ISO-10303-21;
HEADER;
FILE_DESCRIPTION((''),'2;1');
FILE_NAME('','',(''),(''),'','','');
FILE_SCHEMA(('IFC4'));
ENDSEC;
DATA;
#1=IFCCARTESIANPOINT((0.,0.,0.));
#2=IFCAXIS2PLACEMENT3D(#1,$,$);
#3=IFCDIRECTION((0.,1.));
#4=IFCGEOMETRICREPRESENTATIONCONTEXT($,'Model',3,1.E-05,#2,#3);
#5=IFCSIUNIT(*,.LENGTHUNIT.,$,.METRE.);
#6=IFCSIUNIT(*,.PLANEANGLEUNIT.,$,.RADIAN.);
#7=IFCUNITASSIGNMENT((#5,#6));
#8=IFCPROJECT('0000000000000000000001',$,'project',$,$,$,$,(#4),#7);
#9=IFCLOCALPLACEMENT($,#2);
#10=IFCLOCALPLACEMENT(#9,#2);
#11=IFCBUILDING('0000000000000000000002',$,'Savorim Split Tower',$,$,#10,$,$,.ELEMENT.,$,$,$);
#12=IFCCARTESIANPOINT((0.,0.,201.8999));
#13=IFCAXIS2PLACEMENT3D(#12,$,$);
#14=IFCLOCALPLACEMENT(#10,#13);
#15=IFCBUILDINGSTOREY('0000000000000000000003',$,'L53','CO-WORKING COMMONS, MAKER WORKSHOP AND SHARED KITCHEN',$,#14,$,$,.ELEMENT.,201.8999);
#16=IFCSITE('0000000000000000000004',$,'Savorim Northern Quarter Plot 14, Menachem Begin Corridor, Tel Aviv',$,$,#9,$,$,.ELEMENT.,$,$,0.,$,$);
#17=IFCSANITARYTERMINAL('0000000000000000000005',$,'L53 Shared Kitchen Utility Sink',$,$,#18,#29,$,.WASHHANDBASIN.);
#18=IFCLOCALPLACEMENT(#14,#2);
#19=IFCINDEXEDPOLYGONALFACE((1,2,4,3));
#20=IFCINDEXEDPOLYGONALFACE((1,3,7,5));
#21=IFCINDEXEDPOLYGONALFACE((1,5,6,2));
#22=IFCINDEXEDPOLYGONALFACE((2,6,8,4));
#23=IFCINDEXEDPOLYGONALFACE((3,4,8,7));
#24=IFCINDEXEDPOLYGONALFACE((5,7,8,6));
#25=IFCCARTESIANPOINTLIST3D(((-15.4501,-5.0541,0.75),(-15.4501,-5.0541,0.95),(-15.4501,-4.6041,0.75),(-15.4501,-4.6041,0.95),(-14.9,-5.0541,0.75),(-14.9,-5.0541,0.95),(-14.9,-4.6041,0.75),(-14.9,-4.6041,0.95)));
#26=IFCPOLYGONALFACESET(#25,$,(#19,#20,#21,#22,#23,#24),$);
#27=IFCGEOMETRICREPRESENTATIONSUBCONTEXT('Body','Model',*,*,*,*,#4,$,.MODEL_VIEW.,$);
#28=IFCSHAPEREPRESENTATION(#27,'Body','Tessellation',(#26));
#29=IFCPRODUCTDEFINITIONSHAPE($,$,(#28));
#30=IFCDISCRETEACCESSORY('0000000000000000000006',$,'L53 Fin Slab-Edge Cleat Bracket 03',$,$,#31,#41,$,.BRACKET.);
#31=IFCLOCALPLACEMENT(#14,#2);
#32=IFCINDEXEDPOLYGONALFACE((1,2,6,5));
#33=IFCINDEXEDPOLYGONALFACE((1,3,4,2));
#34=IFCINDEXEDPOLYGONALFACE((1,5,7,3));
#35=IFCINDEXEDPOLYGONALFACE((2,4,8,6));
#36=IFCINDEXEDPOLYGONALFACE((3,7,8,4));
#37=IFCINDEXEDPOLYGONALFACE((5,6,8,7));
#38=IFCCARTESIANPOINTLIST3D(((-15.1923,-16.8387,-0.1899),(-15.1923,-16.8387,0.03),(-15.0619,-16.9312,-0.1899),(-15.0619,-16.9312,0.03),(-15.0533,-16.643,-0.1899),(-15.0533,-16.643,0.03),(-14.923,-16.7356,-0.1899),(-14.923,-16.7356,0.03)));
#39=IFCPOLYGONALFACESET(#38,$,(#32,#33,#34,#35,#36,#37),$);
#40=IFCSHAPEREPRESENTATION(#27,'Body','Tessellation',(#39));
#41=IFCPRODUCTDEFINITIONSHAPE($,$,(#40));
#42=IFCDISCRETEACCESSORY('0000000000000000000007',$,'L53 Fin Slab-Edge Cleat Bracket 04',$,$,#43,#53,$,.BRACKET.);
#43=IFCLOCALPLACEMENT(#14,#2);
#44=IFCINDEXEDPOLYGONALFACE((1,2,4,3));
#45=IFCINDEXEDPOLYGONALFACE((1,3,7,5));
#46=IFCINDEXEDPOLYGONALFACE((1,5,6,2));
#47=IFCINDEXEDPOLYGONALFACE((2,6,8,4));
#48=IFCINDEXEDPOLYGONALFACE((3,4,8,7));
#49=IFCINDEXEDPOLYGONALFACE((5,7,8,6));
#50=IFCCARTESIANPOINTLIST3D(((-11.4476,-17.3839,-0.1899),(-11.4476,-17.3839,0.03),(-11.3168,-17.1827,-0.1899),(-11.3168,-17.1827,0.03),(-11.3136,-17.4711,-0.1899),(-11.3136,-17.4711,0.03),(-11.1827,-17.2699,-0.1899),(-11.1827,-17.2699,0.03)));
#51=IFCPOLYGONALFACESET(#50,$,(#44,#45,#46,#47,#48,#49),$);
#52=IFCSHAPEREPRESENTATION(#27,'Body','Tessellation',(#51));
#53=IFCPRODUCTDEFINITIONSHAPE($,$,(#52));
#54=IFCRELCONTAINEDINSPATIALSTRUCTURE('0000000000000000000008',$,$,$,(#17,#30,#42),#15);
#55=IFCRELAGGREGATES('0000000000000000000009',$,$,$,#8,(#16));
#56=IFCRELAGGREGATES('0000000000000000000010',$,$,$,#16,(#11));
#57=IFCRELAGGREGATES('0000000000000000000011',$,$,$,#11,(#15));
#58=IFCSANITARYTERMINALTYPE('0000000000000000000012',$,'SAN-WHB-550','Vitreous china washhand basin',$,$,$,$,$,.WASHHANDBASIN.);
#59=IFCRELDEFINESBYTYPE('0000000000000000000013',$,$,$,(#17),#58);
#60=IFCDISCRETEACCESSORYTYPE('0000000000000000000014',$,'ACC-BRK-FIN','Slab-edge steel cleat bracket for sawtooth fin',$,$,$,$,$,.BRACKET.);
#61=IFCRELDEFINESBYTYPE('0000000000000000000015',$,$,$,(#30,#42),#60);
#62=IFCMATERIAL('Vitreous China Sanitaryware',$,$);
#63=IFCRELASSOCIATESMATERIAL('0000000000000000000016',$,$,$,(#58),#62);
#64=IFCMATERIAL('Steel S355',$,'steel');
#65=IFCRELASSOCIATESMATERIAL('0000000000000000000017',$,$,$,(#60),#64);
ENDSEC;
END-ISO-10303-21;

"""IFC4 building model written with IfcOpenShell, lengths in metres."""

from ifc_helpers import new_model, si_unit, direction, frame, origin, origin_2d, place, context, subcontext, project, spatial, rectangle, extrude, material, type_object, element, save


model = new_model("IFC4")

# Units and contexts
model_context = context("Model", 3, precision=1e-05, world=origin(), true_north=direction((0.0, 1.0)))
body_context = subcontext(model_context, "Body", "Model", "MODEL_VIEW")
ifc_project = project(units=[si_unit("LENGTHUNIT", "METRE"), si_unit("PLANEANGLEUNIT", "RADIAN")], contexts=[model_context])

# Site, building, storey
site_placement = place(None, origin())
site = spatial("IfcSite", under=ifc_project, at=site_placement, Name="Savorim Northern Quarter Plot 14, Menachem Begin Corridor, Tel Aviv", CompositionType="ELEMENT", RefElevation=0.0)
building_placement = place(site_placement, origin())
building = spatial("IfcBuilding", under=site, at=building_placement, Name="Savorim Split Tower", CompositionType="ELEMENT")
storey_placement = place(building_placement, frame((0.0, 0.0, 201.8999)))
storey = spatial("IfcBuildingStorey", under=building, at=storey_placement, Name="L53", Description="CO-WORKING COMMONS, MAKER WORKSHOP AND SHARED KITCHEN", CompositionType="ELEMENT", Elevation=201.8999)

# Shared definitions
ifc_material_1 = material(Name="Steel S355", Category="steel")

# Sanitary terminal
ifc_material_2 = material(Name="Vitreous China Sanitaryware")
sanitary_terminal_type = type_object("IfcSanitaryTerminalType", Name="SAN-WHB-550", Description="Vitreous china washhand basin", PredefinedType="WASHHANDBASIN", material=ifc_material_2)
sanitary_terminal_placement = place(storey_placement, frame((-15.175, -4.8291, 0.75), z_axis=(0.0, 0.0, 1.0), x_axis=(1.0, 0.0, 0.0)))
element("IfcSanitaryTerminal", 1, at=sanitary_terminal_placement, inside=storey, type_object=sanitary_terminal_type, Name="L53 Shared Kitchen Utility Sink", PredefinedType="WASHHANDBASIN", context=body_context, shape_type="SweptSolid", body=[
    extrude(rectangle(XDim=0.55, YDim=0.45, at=origin_2d()), origin(), (0.0, 0.0, 1.0), 0.2),
])

# Discrete accessories
discrete_accessory_type = type_object("IfcDiscreteAccessoryType", Name="ACC-BRK-FIN", Description="Slab-edge steel cleat bracket for sawtooth fin", PredefinedType="BRACKET", material=ifc_material_1)
for number, where, z_axis, x_axis, name in (
    (2, (-15.0576, -16.7871, -0.1899), (0.0, 0.0, 1.0), (-0.578994, -0.815332, 0.0), "L53 Fin Slab-Edge Cleat Bracket 03"),
    (3, (-11.3152, -17.3269, -0.1899), (0.0, 0.0, 1.0), (-0.545148, -0.83834, 0.0), "L53 Fin Slab-Edge Cleat Bracket 04"),
):
    element("IfcDiscreteAccessory", number, at=place(storey_placement, frame(where, z_axis=z_axis, x_axis=x_axis)), inside=storey, type_object=discrete_accessory_type, Name=name, PredefinedType="BRACKET", context=body_context, shape_type="SweptSolid", body=[
        extrude(rectangle(XDim=0.24, YDim=0.1599, at=origin_2d()), origin(), (0.0, 0.0, 1.0), 0.22),
    ])

save(model, "model.ifc")
